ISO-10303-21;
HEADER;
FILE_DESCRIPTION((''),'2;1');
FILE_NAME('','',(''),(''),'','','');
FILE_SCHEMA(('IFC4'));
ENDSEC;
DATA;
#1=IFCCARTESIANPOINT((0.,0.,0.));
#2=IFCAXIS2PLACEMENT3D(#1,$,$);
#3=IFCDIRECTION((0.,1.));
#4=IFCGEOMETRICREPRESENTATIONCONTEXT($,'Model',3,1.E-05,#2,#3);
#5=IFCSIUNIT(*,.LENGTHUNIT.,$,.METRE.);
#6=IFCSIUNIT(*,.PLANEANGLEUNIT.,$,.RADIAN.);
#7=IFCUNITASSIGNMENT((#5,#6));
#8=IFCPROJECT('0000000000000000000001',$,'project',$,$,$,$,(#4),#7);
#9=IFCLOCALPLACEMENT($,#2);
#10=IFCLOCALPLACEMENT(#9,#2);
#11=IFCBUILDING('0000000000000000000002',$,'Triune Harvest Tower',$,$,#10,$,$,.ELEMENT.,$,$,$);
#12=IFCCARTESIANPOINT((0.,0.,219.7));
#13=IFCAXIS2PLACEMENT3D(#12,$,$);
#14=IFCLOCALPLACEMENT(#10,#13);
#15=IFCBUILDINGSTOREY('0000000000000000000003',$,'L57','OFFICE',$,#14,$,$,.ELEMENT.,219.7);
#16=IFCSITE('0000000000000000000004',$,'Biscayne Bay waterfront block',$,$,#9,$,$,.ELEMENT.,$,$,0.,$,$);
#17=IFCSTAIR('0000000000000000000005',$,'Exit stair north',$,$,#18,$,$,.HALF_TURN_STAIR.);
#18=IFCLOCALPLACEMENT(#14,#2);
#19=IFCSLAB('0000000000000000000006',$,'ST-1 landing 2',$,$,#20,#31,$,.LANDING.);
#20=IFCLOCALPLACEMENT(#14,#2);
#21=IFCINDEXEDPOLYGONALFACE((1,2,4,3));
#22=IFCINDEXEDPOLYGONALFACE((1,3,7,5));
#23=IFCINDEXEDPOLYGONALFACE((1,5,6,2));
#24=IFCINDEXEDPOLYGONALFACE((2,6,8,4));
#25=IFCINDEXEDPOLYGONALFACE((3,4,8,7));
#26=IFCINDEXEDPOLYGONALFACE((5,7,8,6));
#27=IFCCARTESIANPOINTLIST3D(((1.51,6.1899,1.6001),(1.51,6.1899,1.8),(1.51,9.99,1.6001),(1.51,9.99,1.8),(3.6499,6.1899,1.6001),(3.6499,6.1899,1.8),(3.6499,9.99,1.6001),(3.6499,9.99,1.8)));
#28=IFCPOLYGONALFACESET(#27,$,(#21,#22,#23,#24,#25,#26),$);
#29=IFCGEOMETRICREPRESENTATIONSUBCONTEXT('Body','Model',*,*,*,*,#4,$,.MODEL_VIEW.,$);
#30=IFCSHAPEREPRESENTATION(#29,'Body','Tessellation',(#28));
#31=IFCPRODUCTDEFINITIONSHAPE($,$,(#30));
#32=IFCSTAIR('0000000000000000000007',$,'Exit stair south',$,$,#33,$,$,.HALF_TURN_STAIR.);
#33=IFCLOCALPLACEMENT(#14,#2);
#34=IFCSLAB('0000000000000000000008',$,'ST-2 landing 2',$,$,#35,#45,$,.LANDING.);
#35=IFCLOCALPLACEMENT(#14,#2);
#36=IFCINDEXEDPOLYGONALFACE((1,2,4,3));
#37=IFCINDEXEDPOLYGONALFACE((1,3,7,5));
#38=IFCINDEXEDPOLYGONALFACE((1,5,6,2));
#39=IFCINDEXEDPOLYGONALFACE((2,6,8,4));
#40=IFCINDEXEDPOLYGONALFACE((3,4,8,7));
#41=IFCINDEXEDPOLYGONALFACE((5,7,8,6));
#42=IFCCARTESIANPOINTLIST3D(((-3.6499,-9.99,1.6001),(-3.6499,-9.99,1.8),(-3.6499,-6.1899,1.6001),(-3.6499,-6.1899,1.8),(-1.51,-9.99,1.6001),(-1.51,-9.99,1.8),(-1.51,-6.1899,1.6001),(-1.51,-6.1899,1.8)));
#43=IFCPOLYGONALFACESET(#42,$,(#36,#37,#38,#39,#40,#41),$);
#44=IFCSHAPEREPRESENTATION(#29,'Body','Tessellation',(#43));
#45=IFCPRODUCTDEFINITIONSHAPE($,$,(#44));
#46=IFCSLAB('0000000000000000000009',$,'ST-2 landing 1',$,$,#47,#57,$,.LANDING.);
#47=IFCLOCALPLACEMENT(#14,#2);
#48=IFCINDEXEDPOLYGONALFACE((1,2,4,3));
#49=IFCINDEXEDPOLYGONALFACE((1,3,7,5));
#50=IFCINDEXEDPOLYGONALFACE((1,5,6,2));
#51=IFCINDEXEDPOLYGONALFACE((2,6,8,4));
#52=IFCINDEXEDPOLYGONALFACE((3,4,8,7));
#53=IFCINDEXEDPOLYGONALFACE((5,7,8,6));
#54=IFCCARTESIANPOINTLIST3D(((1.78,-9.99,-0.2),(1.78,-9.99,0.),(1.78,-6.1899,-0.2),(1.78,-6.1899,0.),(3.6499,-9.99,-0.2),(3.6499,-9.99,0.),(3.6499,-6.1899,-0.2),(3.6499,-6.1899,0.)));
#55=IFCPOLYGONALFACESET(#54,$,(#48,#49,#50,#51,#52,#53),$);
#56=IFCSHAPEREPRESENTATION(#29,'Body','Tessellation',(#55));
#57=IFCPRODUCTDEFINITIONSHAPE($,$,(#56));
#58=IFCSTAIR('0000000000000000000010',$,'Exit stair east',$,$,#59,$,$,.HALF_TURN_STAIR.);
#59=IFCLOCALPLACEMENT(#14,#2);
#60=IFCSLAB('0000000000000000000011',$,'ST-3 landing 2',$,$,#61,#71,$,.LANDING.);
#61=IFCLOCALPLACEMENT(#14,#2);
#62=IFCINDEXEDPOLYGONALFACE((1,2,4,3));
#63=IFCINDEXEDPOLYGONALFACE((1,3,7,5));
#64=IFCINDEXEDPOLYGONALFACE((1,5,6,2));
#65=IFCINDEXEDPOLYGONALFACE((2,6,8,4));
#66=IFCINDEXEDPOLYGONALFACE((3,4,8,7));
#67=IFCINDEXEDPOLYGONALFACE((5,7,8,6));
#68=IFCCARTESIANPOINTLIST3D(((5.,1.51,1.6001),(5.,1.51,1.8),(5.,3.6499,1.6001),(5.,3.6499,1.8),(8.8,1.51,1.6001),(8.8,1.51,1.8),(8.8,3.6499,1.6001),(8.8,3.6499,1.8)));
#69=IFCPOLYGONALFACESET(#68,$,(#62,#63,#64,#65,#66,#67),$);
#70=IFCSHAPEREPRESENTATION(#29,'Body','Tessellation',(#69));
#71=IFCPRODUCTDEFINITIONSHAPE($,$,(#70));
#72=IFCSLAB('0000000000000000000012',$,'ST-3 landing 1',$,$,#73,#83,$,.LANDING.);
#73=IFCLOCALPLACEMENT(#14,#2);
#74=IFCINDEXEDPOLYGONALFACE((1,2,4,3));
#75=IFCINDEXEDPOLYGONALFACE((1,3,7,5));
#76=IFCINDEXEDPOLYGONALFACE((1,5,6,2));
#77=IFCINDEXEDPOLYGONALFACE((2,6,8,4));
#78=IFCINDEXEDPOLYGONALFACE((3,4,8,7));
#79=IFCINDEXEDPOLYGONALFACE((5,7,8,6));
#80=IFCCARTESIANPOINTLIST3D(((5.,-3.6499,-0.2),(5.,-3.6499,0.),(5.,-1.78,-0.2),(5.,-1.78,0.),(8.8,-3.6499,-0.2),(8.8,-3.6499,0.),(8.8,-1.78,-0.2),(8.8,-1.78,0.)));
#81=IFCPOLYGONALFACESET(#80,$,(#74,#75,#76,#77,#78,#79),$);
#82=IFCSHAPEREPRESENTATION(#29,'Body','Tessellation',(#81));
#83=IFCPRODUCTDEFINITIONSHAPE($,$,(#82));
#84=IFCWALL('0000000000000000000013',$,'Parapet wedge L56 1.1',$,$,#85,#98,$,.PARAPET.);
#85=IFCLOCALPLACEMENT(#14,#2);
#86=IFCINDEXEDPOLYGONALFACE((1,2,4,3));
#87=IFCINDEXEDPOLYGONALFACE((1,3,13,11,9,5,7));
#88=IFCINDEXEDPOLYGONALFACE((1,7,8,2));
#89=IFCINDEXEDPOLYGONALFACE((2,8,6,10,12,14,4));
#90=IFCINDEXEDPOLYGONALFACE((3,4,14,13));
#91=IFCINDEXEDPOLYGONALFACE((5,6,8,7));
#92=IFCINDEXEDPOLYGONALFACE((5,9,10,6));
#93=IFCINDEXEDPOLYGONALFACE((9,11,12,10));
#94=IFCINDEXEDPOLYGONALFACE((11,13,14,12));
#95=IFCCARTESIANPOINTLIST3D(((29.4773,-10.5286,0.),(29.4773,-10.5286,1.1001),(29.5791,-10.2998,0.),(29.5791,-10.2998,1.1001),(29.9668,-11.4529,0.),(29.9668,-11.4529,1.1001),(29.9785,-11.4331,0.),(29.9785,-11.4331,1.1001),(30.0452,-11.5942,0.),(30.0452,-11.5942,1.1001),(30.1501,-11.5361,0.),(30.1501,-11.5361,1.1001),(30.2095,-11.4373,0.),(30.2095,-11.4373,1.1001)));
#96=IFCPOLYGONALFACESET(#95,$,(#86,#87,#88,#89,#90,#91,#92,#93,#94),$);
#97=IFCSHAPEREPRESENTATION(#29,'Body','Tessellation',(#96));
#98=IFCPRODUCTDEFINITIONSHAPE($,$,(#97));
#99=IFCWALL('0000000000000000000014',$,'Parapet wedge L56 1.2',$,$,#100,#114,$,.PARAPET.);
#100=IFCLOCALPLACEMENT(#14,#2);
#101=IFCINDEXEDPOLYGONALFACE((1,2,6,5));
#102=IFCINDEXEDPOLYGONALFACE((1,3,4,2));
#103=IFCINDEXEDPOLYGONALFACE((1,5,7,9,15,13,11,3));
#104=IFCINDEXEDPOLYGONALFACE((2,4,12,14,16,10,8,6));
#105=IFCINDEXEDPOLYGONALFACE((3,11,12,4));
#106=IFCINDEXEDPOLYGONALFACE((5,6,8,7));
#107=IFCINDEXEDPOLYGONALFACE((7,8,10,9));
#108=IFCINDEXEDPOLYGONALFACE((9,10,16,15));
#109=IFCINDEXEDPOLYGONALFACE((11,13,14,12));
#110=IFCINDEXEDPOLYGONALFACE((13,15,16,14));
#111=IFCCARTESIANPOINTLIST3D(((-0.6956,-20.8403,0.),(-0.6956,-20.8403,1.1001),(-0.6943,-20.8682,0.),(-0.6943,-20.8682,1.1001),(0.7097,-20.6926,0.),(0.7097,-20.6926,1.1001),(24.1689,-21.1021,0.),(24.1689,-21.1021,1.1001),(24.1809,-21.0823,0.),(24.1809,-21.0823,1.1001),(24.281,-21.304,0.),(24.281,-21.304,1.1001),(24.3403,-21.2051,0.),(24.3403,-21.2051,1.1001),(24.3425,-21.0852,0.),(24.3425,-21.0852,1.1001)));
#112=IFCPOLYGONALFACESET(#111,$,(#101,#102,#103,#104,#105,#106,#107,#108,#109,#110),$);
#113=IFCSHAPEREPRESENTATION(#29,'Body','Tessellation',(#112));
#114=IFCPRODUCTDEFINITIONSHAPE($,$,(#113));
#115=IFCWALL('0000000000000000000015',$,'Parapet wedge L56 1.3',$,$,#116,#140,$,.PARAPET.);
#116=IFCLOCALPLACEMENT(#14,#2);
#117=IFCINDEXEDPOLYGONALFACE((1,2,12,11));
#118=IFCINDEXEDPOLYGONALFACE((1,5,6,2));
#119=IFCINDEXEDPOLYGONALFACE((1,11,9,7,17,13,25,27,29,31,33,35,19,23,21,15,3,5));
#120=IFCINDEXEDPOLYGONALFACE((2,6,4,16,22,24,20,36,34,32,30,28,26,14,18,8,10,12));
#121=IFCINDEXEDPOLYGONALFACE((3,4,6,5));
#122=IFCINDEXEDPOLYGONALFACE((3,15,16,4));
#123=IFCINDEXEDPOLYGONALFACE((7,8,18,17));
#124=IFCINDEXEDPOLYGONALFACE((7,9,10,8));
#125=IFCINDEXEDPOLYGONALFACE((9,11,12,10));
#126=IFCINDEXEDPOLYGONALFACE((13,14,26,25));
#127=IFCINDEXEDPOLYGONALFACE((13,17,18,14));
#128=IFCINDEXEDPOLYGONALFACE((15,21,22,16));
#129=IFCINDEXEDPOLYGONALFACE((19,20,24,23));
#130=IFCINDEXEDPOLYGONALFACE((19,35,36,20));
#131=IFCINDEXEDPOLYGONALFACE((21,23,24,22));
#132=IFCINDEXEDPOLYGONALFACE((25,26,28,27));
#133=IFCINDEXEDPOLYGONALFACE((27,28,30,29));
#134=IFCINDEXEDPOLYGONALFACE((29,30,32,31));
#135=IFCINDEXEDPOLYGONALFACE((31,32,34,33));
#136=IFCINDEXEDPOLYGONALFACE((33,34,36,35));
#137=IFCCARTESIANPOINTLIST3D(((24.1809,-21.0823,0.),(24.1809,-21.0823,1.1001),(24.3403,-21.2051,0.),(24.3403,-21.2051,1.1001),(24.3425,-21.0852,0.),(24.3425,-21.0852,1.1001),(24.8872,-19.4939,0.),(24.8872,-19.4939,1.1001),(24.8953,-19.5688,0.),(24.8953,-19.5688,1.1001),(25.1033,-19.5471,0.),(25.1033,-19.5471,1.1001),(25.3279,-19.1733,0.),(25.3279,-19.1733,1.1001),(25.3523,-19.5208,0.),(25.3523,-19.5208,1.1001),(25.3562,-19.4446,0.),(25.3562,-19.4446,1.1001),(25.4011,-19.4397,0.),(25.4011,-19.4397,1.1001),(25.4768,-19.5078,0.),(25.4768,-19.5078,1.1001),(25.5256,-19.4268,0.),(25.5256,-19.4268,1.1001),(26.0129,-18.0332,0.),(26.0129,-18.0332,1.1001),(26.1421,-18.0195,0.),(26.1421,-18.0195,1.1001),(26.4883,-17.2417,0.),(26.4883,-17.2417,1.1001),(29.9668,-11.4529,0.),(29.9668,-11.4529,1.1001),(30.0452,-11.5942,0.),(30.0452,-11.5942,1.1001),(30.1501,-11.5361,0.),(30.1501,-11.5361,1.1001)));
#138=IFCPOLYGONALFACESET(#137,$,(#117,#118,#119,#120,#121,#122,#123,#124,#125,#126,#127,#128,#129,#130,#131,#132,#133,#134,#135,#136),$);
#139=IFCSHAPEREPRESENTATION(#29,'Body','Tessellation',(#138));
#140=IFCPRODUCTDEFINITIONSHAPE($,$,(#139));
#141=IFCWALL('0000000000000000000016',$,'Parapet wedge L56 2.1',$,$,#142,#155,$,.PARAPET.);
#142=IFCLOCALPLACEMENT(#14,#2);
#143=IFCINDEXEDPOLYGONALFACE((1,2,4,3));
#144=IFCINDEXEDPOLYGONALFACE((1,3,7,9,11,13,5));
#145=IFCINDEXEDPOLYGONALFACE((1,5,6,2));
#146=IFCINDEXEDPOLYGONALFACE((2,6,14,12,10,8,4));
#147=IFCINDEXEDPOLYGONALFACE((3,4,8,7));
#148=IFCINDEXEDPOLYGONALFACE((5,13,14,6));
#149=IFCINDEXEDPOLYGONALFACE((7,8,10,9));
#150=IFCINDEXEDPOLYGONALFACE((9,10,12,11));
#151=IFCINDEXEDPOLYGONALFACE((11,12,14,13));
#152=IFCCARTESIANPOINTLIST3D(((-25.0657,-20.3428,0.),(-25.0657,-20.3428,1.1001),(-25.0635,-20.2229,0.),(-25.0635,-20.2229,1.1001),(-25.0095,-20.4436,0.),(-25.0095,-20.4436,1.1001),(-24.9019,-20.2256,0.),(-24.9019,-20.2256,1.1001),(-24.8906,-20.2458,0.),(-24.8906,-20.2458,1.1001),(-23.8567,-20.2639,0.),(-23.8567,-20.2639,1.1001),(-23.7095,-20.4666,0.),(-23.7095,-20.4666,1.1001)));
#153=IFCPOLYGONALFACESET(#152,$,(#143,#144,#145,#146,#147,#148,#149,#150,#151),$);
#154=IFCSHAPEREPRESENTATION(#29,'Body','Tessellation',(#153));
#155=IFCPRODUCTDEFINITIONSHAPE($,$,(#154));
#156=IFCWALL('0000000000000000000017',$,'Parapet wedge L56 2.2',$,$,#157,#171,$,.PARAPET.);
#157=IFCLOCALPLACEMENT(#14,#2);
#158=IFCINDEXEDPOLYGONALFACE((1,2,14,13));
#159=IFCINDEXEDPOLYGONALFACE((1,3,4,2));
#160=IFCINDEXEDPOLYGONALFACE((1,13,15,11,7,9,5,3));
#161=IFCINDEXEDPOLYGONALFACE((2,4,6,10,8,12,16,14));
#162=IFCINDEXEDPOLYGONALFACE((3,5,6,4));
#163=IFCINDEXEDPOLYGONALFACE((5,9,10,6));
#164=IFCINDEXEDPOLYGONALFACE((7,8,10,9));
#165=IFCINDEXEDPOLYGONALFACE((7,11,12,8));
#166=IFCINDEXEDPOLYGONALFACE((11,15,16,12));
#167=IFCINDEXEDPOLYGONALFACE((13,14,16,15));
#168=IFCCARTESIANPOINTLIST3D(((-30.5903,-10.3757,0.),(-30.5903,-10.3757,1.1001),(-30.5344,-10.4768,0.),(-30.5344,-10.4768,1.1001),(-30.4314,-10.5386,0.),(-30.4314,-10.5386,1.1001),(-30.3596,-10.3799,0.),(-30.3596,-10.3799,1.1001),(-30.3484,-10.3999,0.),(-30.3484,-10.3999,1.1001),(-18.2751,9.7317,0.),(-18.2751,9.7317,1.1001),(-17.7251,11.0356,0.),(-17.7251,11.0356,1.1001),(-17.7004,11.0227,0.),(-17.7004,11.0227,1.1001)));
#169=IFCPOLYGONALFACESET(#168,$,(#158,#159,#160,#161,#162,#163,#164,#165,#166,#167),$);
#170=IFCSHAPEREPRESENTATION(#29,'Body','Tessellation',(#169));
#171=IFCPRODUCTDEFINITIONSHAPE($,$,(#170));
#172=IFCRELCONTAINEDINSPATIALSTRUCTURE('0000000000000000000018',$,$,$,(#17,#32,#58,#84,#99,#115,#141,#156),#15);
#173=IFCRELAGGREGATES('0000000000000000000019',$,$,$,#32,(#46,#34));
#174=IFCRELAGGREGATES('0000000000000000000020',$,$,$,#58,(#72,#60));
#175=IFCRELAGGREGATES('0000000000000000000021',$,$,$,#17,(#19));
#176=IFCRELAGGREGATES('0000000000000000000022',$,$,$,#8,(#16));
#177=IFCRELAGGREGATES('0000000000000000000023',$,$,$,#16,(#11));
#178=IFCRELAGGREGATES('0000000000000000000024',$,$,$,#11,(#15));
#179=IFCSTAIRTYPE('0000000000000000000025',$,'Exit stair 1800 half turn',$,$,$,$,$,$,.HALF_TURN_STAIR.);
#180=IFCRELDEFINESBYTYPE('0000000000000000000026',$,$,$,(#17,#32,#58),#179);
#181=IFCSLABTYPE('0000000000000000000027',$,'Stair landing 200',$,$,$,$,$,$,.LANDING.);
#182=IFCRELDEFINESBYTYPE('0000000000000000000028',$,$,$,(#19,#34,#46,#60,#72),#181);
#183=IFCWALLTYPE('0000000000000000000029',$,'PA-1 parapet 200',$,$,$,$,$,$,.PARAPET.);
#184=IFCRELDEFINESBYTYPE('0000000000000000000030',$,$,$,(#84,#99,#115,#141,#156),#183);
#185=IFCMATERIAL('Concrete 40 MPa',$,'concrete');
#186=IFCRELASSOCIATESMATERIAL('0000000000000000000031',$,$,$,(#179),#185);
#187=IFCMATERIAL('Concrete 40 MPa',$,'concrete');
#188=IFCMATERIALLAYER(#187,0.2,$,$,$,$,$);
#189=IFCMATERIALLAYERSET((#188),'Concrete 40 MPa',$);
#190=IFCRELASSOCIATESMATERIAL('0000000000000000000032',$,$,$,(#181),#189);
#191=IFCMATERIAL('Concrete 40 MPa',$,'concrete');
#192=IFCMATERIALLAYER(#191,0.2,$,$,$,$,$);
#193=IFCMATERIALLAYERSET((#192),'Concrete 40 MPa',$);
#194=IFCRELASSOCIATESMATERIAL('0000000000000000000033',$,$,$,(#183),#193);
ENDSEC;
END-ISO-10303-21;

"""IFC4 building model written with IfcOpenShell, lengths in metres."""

from ifc_helpers import new_model, si_unit, direction, frame, origin, place, context, subcontext, project, spatial, polyline, outline, extrude, source, transform, mapped, material, layer, layer_set, type_object, element, aggregate, save


model = new_model("IFC4")

# Units and contexts
model_context = context("Model", 3, precision=1e-05, world=origin(), true_north=direction((0.0, 1.0)))
body_context = subcontext(model_context, "Body", "Model", "MODEL_VIEW")
ifc_project = project(units=[si_unit("LENGTHUNIT", "METRE"), si_unit("PLANEANGLEUNIT", "RADIAN")], contexts=[model_context])

# Site, building, storey
site_placement = place(None, origin())
site = spatial("IfcSite", under=ifc_project, at=site_placement, Name="Biscayne Bay waterfront block", CompositionType="ELEMENT", RefElevation=0.0)
building_placement = place(site_placement, origin())
building = spatial("IfcBuilding", under=site, at=building_placement, Name="Triune Harvest Tower", CompositionType="ELEMENT")
storey_placement = place(building_placement, frame((0.0, 0.0, 219.7)))
storey = spatial("IfcBuildingStorey", under=building, at=storey_placement, Name="L57", Description="OFFICE", CompositionType="ELEMENT", Elevation=219.7)

# Stair, slab
ifc_material_1 = material(Name="Concrete 40 MPa", Category="concrete")
stair_type = type_object("IfcStairType", Name="Exit stair 1800 half turn", PredefinedType="HALF_TURN_STAIR", material=ifc_material_1)
stair_1_placement = place(storey_placement, origin())
stair_1 = element("IfcStair", 1, at=stair_1_placement, inside=storey, type_object=stair_type, Name="Exit stair north", PredefinedType="HALF_TURN_STAIR")
ifc_material_2 = material(Name="Concrete 40 MPa", Category="concrete")
ifc_layer_1 = layer(ifc_material_2, 0.2)
ifc_layer_set_1 = layer_set([ifc_layer_1], Name="Concrete 40 MPa")
slab_type = type_object("IfcSlabType", Name="Stair landing 200", PredefinedType="LANDING", material=ifc_layer_set_1)
shared_shape_1 = source(origin(), body_context, "Body", "SweptSolid", [
    extrude(outline(polyline([(1.51, 6.1899), (3.6499, 6.1899), (3.6499, 9.99), (1.51, 9.99), (1.51, 6.1899)])), origin(), (0.0, 0.0, 1.0), 0.2),
])
slab_1_placement = place(storey_placement, frame((0.0, 0.0, 1.6001)))
slab_1 = element("IfcSlab", 2, at=slab_1_placement, type_object=slab_type, Name="ST-1 landing 2", PredefinedType="LANDING", context=body_context, shape_type="MappedRepresentation", body=[
    mapped(shared_shape_1, transform((0.0, 0.0, 0.0), scale=1.0)),
])

# Stairs, slabs
stair_2_placement = place(storey_placement, origin())
stair_2 = element("IfcStair", 3, at=stair_2_placement, inside=storey, type_object=stair_type, Name="Exit stair south", PredefinedType="HALF_TURN_STAIR")
shared_shape_2 = source(origin(), body_context, "Body", "SweptSolid", [
    extrude(outline(polyline([(-1.51, -6.1899), (-3.6499, -6.1899), (-3.6499, -9.99), (-1.51, -9.99), (-1.51, -6.1899)])), origin(), (0.0, 0.0, 1.0), 0.2),
])
slab_2_placement = place(storey_placement, frame((0.0, 0.0, 1.6001)))
slab_2 = element("IfcSlab", 4, at=slab_2_placement, type_object=slab_type, Name="ST-2 landing 2", PredefinedType="LANDING", context=body_context, shape_type="MappedRepresentation", body=[
    mapped(shared_shape_2, transform((0.0, 0.0, 0.0), scale=1.0)),
])
shared_shape_3 = source(origin(), body_context, "Body", "SweptSolid", [
    extrude(outline(polyline([(3.6499, -6.1899), (1.78, -6.1899), (1.78, -9.99), (3.6499, -9.99), (3.6499, -6.1899)])), origin(), (0.0, 0.0, 1.0), 0.2),
])
slab_3_placement = place(storey_placement, frame((0.0, 0.0, -0.2)))
slab_3 = element("IfcSlab", 5, at=slab_3_placement, type_object=slab_type, Name="ST-2 landing 1", PredefinedType="LANDING", context=body_context, shape_type="MappedRepresentation", body=[
    mapped(shared_shape_3, transform((0.0, 0.0, 0.0), scale=1.0)),
])
aggregate(stair_2, [slab_3, slab_2])
stair_3_placement = place(storey_placement, origin())
stair_3 = element("IfcStair", 6, at=stair_3_placement, inside=storey, type_object=stair_type, Name="Exit stair east", PredefinedType="HALF_TURN_STAIR")
shared_shape_4 = source(origin(), body_context, "Body", "SweptSolid", [
    extrude(outline(polyline([(8.8, 1.51), (8.8, 3.6499), (5.0, 3.6499), (5.0, 1.51), (8.8, 1.51)])), origin(), (0.0, 0.0, 1.0), 0.2),
])
slab_4_placement = place(storey_placement, frame((0.0, 0.0, 1.6001)))
slab_4 = element("IfcSlab", 7, at=slab_4_placement, type_object=slab_type, Name="ST-3 landing 2", PredefinedType="LANDING", context=body_context, shape_type="MappedRepresentation", body=[
    mapped(shared_shape_4, transform((0.0, 0.0, 0.0), scale=1.0)),
])
shared_shape_5 = source(origin(), body_context, "Body", "SweptSolid", [
    extrude(outline(polyline([(8.8, -3.6499), (8.8, -1.78), (5.0, -1.78), (5.0, -3.6499), (8.8, -3.6499)])), origin(), (0.0, 0.0, 1.0), 0.2),
])
slab_5_placement = place(storey_placement, frame((0.0, 0.0, -0.2)))
slab_5 = element("IfcSlab", 8, at=slab_5_placement, type_object=slab_type, Name="ST-3 landing 1", PredefinedType="LANDING", context=body_context, shape_type="MappedRepresentation", body=[
    mapped(shared_shape_5, transform((0.0, 0.0, 0.0), scale=1.0)),
])
aggregate(stair_3, [slab_5, slab_4])

# Walls
ifc_material_3 = material(Name="Concrete 40 MPa", Category="concrete")
ifc_layer_2 = layer(ifc_material_3, 0.2)
ifc_layer_set_2 = layer_set([ifc_layer_2], Name="Concrete 40 MPa")
wall_type_1 = type_object("IfcWallType", Name="PA-1 parapet 200", PredefinedType="PARAPET", material=ifc_layer_set_2)
wall_1_placement = place(storey_placement, origin())
element("IfcWall", 9, at=wall_1_placement, inside=storey, type_object=wall_type_1, Name="Parapet wedge L56 1.1", PredefinedType="PARAPET", context=body_context, shape_type="SweptSolid", body=[
    extrude(outline(polyline([(29.9668, -11.4529), (29.9785, -11.4331), (29.4773, -10.5286), (29.5791, -10.2998), (30.2095, -11.4373), (30.1501, -11.5361), (30.0452, -11.5942), (29.9668, -11.4529)])), origin(), (0.0, 0.0, 1.0), 1.1001),
])
wall_2_placement = place(storey_placement, origin())
element("IfcWall", 10, at=wall_2_placement, inside=storey, type_object=wall_type_1, Name="Parapet wedge L56 1.2", PredefinedType="PARAPET", context=body_context, shape_type="SweptSolid", body=[
    extrude(outline(polyline([(-0.6943, -20.8682), (-0.6956, -20.8403), (0.7097, -20.6926), (24.1689, -21.1021), (24.1809, -21.0823), (24.3425, -21.0852), (24.3403, -21.2051), (24.281, -21.304), (-0.6943, -20.8682)])), origin(), (0.0, 0.0, 1.0), 1.1001),
])
wall_3_placement = place(storey_placement, origin())
element("IfcWall", 11, at=wall_3_placement, inside=storey, type_object=wall_type_1, Name="Parapet wedge L56 1.3", PredefinedType="PARAPET", context=body_context, shape_type="SweptSolid", body=[
    extrude(outline(polyline([(24.1809, -21.0823), (25.1033, -19.5471), (24.8953, -19.5688), (24.8872, -19.4939), (25.3562, -19.4446), (25.3279, -19.1733), (26.0129, -18.0332), (26.1421, -18.0195), (26.4883, -17.2417), (29.9668, -11.4529), (30.0452, -11.5942), (30.1501, -11.5361), (25.4011, -19.4397), (25.5256, -19.4268), (25.4768, -19.5078), (25.3523, -19.5208), (24.3403, -21.2051), (24.3425, -21.0852), (24.1809, -21.0823)])), origin(), (0.0, 0.0, 1.0), 1.1001),
])
wall_4_placement = place(storey_placement, origin())
element("IfcWall", 12, at=wall_4_placement, inside=storey, type_object=wall_type_1, Name="Parapet wedge L56 2.1", PredefinedType="PARAPET", context=body_context, shape_type="SweptSolid", body=[
    extrude(outline(polyline([(-24.9019, -20.2256), (-24.8906, -20.2458), (-23.8567, -20.2639), (-23.7095, -20.4666), (-25.0095, -20.4436), (-25.0657, -20.3428), (-25.0635, -20.2229), (-24.9019, -20.2256)])), origin(), (0.0, 0.0, 1.0), 1.1001),
])
wall_5_placement = place(storey_placement, origin())
element("IfcWall", 13, at=wall_5_placement, inside=storey, type_object=wall_type_1, Name="Parapet wedge L56 2.2", PredefinedType="PARAPET", context=body_context, shape_type="SweptSolid", body=[
    extrude(outline(polyline([(-17.7251, 11.0356), (-17.7004, 11.0227), (-18.2751, 9.7317), (-30.3596, -10.3799), (-30.3484, -10.3999), (-30.4314, -10.5386), (-30.5344, -10.4768), (-30.5903, -10.3757), (-17.7251, 11.0356)])), origin(), (0.0, 0.0, 1.0), 1.1001),
])

aggregate(stair_1, [slab_1])

save(model, "model.ifc")
